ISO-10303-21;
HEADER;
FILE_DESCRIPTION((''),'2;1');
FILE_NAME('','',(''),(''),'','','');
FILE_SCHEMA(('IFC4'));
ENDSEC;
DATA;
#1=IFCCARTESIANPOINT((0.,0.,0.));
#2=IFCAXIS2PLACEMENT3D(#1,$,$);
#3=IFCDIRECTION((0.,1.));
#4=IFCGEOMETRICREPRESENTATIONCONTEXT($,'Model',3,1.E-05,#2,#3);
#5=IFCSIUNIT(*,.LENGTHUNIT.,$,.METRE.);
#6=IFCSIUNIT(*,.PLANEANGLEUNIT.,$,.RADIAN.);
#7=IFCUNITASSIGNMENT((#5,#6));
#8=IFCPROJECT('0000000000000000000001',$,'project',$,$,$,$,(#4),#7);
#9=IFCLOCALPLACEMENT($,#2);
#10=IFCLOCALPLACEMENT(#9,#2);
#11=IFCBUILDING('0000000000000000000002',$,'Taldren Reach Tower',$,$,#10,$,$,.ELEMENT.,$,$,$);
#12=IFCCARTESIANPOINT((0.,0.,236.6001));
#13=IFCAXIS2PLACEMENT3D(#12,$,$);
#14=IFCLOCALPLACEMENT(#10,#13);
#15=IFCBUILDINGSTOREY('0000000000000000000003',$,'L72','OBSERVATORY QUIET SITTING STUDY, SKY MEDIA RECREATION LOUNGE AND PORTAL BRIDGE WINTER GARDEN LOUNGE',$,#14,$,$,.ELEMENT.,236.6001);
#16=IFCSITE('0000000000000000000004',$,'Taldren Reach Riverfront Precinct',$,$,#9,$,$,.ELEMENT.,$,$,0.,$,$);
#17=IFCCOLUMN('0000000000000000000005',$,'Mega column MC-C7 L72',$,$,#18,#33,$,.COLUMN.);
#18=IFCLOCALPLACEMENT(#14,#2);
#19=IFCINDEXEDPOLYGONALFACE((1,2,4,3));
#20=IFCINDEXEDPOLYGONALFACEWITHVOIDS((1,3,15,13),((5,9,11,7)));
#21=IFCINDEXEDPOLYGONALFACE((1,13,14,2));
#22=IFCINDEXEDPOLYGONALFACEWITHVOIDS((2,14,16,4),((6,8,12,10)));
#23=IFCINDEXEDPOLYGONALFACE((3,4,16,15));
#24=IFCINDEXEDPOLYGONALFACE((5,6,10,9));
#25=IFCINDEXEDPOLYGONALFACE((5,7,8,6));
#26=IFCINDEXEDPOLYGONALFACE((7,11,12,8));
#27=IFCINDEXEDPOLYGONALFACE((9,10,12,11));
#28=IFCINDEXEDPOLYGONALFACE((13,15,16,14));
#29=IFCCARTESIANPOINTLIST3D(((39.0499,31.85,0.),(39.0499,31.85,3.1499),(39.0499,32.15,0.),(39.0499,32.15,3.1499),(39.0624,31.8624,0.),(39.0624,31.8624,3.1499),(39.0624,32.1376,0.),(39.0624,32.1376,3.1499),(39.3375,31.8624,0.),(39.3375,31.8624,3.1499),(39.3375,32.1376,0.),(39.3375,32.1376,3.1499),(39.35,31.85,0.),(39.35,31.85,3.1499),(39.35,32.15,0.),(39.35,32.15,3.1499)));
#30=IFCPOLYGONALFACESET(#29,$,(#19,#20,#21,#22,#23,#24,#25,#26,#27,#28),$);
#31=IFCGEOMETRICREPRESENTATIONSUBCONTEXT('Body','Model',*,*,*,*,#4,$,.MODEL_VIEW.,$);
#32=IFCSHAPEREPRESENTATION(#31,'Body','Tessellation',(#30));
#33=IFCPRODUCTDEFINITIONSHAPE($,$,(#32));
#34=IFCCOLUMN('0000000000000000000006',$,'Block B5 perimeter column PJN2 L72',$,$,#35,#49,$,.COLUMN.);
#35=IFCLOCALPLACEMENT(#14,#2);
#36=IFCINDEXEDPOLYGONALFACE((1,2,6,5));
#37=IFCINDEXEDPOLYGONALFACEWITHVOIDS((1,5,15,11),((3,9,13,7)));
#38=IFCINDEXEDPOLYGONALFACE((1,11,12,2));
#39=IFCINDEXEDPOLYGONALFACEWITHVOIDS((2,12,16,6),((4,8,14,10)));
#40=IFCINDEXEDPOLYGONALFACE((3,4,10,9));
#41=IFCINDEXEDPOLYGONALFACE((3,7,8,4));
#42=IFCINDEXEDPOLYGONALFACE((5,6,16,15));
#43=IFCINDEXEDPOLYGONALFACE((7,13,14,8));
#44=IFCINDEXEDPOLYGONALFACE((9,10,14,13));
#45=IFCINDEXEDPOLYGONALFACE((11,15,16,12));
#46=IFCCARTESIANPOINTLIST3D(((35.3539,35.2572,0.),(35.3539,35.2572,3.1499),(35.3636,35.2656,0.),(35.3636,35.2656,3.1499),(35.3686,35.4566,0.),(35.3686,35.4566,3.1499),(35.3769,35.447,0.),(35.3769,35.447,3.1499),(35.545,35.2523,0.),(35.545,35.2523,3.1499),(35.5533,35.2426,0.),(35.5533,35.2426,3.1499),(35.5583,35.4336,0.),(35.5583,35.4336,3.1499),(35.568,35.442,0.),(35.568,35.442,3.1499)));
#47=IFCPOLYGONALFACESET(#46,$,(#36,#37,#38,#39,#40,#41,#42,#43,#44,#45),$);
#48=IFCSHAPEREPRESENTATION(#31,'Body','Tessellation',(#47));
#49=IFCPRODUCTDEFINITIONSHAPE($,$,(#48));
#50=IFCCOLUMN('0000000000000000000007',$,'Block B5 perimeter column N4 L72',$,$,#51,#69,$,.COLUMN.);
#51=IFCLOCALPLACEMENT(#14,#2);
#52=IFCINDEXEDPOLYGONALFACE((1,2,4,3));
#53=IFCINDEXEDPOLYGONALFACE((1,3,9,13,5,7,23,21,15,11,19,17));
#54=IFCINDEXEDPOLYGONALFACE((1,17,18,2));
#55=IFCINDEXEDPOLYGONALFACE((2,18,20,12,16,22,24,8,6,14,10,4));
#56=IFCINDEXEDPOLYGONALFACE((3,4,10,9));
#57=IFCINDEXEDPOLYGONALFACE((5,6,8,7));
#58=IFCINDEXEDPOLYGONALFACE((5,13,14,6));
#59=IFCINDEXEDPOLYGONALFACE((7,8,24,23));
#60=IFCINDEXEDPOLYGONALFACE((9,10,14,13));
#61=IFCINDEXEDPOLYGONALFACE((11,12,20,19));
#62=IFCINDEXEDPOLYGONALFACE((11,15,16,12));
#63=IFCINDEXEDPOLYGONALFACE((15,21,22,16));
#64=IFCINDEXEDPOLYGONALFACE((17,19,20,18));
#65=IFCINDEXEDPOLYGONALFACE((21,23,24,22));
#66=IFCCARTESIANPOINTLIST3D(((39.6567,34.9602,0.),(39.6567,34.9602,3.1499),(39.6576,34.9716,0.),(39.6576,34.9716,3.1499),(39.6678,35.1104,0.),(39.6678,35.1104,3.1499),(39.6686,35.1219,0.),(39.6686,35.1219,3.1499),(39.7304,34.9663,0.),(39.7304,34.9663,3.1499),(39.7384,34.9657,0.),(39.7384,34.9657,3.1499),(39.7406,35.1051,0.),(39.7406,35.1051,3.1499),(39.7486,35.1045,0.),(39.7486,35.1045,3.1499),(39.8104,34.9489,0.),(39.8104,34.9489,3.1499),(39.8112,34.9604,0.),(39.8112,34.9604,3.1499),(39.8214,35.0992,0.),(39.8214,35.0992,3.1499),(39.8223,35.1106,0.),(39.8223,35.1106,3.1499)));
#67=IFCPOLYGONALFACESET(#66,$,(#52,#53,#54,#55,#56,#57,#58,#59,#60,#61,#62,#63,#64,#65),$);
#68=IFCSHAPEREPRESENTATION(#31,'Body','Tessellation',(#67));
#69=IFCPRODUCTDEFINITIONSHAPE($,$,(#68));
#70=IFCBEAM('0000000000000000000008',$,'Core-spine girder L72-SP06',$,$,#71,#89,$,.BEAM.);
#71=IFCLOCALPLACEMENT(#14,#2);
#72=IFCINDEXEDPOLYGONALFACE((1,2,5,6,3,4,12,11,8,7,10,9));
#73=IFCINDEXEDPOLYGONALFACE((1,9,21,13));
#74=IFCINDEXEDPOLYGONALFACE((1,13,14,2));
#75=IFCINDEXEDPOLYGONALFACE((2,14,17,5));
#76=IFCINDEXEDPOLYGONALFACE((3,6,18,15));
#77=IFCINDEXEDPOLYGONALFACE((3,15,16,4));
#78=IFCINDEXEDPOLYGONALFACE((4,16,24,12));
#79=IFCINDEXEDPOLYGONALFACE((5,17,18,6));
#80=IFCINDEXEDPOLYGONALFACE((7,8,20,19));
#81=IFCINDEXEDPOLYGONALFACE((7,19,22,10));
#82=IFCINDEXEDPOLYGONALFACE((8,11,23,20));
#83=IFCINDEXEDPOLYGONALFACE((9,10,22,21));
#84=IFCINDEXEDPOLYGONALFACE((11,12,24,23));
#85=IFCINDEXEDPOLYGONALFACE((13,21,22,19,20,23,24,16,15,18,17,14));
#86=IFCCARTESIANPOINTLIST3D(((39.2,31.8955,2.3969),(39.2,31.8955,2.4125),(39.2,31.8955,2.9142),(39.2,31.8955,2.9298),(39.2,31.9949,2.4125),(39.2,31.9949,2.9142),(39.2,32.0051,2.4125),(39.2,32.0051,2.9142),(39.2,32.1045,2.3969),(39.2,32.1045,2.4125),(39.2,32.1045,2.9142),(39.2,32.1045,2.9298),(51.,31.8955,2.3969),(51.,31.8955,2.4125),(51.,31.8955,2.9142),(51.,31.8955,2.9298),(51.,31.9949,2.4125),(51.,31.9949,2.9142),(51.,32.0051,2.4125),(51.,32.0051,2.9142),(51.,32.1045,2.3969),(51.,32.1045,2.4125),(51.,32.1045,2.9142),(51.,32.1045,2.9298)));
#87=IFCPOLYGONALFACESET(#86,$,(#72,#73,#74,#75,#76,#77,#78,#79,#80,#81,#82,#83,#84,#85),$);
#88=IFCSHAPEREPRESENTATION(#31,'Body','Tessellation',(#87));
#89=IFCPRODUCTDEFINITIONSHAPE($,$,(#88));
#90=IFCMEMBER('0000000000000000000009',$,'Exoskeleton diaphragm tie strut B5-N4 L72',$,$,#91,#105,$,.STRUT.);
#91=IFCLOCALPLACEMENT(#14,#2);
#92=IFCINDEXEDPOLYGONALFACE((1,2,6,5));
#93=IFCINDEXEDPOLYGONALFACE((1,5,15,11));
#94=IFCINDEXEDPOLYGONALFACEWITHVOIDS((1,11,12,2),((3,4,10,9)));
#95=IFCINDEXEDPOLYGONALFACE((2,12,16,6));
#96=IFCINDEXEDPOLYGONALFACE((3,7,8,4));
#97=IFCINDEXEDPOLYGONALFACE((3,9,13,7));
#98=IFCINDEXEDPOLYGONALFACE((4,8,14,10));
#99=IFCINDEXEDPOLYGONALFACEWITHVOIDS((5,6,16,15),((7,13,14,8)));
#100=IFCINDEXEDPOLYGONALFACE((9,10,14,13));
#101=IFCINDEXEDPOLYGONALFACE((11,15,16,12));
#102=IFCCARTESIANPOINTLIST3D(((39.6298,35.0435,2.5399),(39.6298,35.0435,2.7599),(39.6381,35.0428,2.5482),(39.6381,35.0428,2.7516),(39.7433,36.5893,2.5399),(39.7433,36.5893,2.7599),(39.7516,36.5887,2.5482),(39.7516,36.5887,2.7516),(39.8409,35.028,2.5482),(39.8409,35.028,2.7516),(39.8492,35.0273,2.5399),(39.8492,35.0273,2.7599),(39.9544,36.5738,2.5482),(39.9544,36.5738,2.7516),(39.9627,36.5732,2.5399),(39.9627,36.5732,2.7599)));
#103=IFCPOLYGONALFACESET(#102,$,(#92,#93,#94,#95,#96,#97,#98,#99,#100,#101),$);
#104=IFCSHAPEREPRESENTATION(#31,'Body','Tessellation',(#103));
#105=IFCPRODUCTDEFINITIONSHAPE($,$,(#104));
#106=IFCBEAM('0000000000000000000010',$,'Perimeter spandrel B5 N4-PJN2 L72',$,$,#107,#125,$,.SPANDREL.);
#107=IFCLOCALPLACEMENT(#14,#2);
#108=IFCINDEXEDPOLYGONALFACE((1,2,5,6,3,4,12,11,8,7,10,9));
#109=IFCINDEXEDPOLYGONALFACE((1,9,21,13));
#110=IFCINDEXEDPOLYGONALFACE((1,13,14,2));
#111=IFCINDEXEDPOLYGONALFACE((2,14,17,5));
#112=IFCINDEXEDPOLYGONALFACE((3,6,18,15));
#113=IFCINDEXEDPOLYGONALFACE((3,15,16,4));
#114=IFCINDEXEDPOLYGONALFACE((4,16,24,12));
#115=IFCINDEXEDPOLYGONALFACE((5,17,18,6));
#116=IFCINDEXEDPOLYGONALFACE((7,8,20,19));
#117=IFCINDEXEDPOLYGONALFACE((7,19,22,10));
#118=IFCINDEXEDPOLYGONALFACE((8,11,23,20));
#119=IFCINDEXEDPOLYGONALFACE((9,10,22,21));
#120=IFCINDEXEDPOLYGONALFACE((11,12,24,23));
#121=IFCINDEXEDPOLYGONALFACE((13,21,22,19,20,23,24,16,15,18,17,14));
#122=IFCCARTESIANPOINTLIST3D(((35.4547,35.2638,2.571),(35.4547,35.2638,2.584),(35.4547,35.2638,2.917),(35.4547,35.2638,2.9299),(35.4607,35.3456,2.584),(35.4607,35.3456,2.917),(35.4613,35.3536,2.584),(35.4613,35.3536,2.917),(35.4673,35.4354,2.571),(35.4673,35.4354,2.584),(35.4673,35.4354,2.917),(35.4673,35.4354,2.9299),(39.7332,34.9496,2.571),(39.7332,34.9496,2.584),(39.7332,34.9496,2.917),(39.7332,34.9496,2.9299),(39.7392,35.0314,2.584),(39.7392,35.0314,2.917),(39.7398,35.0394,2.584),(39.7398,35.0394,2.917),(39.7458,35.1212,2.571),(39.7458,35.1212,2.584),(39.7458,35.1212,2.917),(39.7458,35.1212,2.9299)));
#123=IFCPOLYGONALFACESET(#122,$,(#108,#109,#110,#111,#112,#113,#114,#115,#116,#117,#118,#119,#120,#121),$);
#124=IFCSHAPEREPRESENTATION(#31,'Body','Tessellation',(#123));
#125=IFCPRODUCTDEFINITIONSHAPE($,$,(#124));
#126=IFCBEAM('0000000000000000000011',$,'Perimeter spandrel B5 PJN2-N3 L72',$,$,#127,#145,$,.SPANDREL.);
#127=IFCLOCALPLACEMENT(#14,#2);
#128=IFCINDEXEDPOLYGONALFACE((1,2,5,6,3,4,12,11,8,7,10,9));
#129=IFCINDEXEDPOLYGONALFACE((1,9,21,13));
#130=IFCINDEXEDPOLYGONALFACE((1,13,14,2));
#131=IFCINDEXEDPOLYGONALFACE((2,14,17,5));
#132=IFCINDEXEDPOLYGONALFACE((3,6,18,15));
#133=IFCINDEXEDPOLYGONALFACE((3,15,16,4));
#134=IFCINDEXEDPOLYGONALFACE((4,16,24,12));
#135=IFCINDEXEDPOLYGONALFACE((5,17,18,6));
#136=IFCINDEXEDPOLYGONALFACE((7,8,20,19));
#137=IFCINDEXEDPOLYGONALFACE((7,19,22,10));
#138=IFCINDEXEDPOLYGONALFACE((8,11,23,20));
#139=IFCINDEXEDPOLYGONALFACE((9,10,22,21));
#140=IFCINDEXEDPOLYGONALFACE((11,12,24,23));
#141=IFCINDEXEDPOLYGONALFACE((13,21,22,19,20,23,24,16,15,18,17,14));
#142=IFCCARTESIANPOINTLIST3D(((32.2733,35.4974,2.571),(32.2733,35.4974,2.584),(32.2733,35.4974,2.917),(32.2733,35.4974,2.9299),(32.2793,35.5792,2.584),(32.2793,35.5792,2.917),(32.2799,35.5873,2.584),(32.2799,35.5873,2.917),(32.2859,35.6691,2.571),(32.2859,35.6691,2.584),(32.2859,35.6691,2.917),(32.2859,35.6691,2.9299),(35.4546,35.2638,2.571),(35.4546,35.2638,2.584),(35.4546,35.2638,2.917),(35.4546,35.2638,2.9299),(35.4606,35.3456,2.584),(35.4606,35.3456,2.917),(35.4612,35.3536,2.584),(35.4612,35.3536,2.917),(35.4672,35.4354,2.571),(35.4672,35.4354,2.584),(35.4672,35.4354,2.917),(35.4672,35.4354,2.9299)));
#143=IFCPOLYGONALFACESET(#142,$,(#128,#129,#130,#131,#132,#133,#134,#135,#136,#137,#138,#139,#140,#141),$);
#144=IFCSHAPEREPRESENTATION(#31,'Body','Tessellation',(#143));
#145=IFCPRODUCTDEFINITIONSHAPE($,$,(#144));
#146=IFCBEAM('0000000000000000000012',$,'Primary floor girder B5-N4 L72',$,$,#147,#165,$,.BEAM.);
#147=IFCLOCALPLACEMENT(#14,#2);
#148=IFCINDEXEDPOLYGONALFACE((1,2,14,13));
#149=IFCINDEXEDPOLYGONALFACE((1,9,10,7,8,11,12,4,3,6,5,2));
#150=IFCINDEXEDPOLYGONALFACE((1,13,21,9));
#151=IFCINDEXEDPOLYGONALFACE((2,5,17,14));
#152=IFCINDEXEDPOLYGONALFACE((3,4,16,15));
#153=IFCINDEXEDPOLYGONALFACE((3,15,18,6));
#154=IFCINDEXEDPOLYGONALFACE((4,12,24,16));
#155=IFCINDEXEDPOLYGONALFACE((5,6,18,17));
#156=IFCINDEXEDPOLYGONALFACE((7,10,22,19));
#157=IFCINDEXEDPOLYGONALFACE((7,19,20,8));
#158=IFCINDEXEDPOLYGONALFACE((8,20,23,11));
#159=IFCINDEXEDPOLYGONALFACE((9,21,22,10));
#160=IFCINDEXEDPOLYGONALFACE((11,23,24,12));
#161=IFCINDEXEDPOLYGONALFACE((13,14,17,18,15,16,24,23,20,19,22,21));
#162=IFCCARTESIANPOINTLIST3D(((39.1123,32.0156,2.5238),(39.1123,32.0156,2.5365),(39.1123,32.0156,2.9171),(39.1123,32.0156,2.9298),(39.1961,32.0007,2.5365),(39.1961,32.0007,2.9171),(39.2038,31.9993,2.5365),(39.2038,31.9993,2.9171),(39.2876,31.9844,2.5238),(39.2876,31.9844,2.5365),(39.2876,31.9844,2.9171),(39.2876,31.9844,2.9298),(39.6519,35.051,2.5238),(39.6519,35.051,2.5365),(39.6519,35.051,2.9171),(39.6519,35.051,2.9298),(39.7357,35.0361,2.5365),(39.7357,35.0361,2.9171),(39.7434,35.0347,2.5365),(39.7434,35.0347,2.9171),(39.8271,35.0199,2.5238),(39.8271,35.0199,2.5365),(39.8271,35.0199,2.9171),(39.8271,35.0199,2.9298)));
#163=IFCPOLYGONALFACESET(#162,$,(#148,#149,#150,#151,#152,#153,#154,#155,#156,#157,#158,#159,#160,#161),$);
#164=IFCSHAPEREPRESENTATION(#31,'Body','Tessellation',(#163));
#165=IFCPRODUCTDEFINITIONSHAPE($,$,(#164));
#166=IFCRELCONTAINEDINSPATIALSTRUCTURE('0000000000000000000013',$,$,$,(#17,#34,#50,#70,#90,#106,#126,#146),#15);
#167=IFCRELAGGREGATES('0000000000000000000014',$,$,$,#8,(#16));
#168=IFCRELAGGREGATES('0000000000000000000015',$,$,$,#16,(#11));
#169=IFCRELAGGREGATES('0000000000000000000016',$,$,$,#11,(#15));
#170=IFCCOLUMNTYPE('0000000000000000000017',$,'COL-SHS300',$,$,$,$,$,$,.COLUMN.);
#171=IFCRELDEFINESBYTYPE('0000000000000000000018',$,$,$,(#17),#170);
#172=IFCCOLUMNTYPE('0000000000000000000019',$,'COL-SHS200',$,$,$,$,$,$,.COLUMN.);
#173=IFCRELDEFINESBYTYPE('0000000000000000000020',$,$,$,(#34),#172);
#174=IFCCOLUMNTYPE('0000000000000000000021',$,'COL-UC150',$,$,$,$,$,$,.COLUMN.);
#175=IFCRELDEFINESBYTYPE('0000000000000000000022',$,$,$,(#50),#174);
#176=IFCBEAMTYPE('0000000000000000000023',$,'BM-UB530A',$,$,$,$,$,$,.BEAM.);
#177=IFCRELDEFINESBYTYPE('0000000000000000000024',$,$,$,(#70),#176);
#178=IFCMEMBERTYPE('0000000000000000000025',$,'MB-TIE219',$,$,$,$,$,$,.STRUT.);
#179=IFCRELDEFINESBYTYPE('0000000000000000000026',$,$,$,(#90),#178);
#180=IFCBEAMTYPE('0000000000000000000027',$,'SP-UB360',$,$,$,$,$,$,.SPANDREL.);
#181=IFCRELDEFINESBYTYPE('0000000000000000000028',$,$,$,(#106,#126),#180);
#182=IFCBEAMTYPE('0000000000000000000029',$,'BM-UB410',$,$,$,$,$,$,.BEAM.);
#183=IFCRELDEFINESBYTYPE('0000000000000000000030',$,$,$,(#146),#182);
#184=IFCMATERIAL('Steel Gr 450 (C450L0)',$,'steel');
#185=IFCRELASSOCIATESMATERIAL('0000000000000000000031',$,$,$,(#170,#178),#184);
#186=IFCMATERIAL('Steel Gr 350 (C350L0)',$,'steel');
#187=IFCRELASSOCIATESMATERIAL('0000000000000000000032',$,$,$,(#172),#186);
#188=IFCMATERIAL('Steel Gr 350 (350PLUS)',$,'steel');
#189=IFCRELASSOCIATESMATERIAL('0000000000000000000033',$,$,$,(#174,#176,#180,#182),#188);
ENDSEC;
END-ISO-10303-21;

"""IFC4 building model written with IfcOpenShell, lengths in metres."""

from ifc_helpers import new_model, si_unit, direction, frame, origin, origin_2d, place, context, subcontext, project, spatial, hollow_rectangle, i_section, extrude, source, transform, mapped, material, material_profile, profile_set, type_object, element, save


model = new_model("IFC4")

# Units and contexts
model_context = context("Model", 3, precision=1e-05, world=origin(), true_north=direction((0.0, 1.0)))
body_context = subcontext(model_context, "Body", "Model", "MODEL_VIEW")
ifc_project = project(units=[si_unit("LENGTHUNIT", "METRE"), si_unit("PLANEANGLEUNIT", "RADIAN")], contexts=[model_context])

# Site, building, storey
site_placement = place(None, origin())
site = spatial("IfcSite", under=ifc_project, at=site_placement, Name="Taldren Reach Riverfront Precinct", CompositionType="ELEMENT", RefElevation=0.0)
building_placement = place(site_placement, origin())
building = spatial("IfcBuilding", under=site, at=building_placement, Name="Taldren Reach Tower", CompositionType="ELEMENT")
storey_placement = place(building_placement, frame((0.0, 0.0, 236.6001)))
storey = spatial("IfcBuildingStorey", under=building, at=storey_placement, Name="L72", Description="OBSERVATORY QUIET SITTING STUDY, SKY MEDIA RECREATION LOUNGE AND PORTAL BRIDGE WINTER GARDEN LOUNGE", CompositionType="ELEMENT", Elevation=236.6001)

# Columns
ifc_material_1 = material(Name="Steel Gr 450 (C450L0)", Category="steel")
ifc_material_profile_1 = material_profile(ifc_material_1, hollow_rectangle(XDim=0.3, YDim=0.3, WallThickness=0.0125, at=origin_2d()), Name="300x300x12.5SHS")
ifc_profile_set_1 = profile_set([ifc_material_profile_1], Name="Steel Gr 450 (C450L0)")
column_type_1 = type_object("IfcColumnType", Name="COL-SHS300", PredefinedType="COLUMN", material=ifc_profile_set_1)
shared_shape_1 = source(origin(), body_context, "Body", "SweptSolid", [
    extrude(hollow_rectangle(XDim=0.3, YDim=0.3, WallThickness=0.0125, at=origin_2d()), origin(), (0.0, 0.0, 1.0), 3.1499),
])
column_1_placement = place(storey_placement, frame((39.2, 32.0, 0.0), z_axis=(0.0, 0.0, 1.0), x_axis=(1.0, 0.0, 0.0)))
element("IfcColumn", 1, at=column_1_placement, inside=storey, type_object=column_type_1, Name="Mega column MC-C7 L72", PredefinedType="COLUMN", context=body_context, shape_type="MappedRepresentation", body=[
    mapped(shared_shape_1, transform((0.0, 0.0, 0.0), scale=1.0)),
])
ifc_material_2 = material(Name="Steel Gr 350 (C350L0)", Category="steel")
ifc_material_profile_2 = material_profile(ifc_material_2, hollow_rectangle(XDim=0.2, YDim=0.2, WallThickness=0.009, at=origin_2d()), Name="200x200x9.0SHS")
ifc_profile_set_2 = profile_set([ifc_material_profile_2], Name="Steel Gr 350 (C350L0)")
column_type_2 = type_object("IfcColumnType", Name="COL-SHS200", PredefinedType="COLUMN", material=ifc_profile_set_2)
shared_shape_2 = source(origin(), body_context, "Body", "SweptSolid", [
    extrude(hollow_rectangle(XDim=0.2, YDim=0.2, WallThickness=0.009, at=origin_2d()), origin(), (0.0, 0.0, 1.0), 3.1499),
])
column_2_placement = place(storey_placement, frame((35.4609, 35.3496, 0.0), z_axis=(0.0, 0.0, 1.0), x_axis=(0.997314, -0.073238, 0.0)))
element("IfcColumn", 2, at=column_2_placement, inside=storey, type_object=column_type_2, Name="Block B5 perimeter column PJN2 L72", PredefinedType="COLUMN", context=body_context, shape_type="MappedRepresentation", body=[
    mapped(shared_shape_2, transform((0.0, 0.0, 0.0), scale=1.0)),
])
ifc_material_3 = material(Name="Steel Gr 350 (350PLUS)", Category="steel")
ifc_material_profile_3 = material_profile(ifc_material_3, i_section(OverallWidth=0.1541, OverallDepth=0.1621, WebThickness=0.0081, FlangeThickness=0.0115, at=origin_2d()), Name="150UC37.2")
ifc_profile_set_3 = profile_set([ifc_material_profile_3], Name="Steel Gr 350 (350PLUS)")
column_type_3 = type_object("IfcColumnType", Name="COL-UC150", PredefinedType="COLUMN", material=ifc_profile_set_3)
shared_shape_3 = source(origin(), body_context, "Body", "SweptSolid", [
    extrude(i_section(OverallWidth=0.1541, OverallDepth=0.1621, WebThickness=0.0081, FlangeThickness=0.0115, at=origin_2d()), origin(), (0.0, 0.0, 1.0), 3.1499),
])
column_3_placement = place(storey_placement, frame((39.7395, 35.0354, 0.0), z_axis=(0.0, 0.0, 1.0), x_axis=(0.997314, -0.073238, 0.0)))
element("IfcColumn", 3, at=column_3_placement, inside=storey, type_object=column_type_3, Name="Block B5 perimeter column N4 L72", PredefinedType="COLUMN", context=body_context, shape_type="MappedRepresentation", body=[
    mapped(shared_shape_3, transform((0.0, 0.0, 0.0), scale=1.0)),
])

# Beam
ifc_material_profile_4 = material_profile(ifc_material_3, i_section(OverallWidth=0.209, OverallDepth=0.533, WebThickness=0.0103, FlangeThickness=0.0156, at=origin_2d()), Name="530UB92.4")
ifc_profile_set_4 = profile_set([ifc_material_profile_4], Name="Steel Gr 350 (350PLUS)")
beam_type_1 = type_object("IfcBeamType", Name="BM-UB530A", PredefinedType="BEAM", material=ifc_profile_set_4)
shared_shape_4 = source(origin(), body_context, "Body", "SweptSolid", [
    extrude(i_section(OverallWidth=0.209, OverallDepth=0.533, WebThickness=0.0103, FlangeThickness=0.0156, at=origin_2d()), origin(), (0.0, 0.0, 1.0), 11.8),
])
beam_1_placement = place(storey_placement, frame((39.2, 32.0, 2.6633), z_axis=(1.0, 0.0, 0.0), x_axis=(0.0, 1.0, 0.0)))
element("IfcBeam", 4, at=beam_1_placement, inside=storey, type_object=beam_type_1, Name="Core-spine girder L72-SP06", PredefinedType="BEAM", context=body_context, shape_type="MappedRepresentation", body=[
    mapped(shared_shape_4, transform((0.0, 0.0, 0.0), scale=1.0)),
])

# Member
ifc_material_profile_5 = material_profile(ifc_material_1, hollow_rectangle(XDim=0.22, YDim=0.22, WallThickness=0.0083, at=origin_2d()), Name="220x220x8.2SHS")
ifc_profile_set_5 = profile_set([ifc_material_profile_5], Name="Steel Gr 450 (C450L0)")
member_type_1 = type_object("IfcMemberType", Name="MB-TIE219", PredefinedType="STRUT", material=ifc_profile_set_5)
shared_shape_5 = source(origin(), body_context, "Body", "SweptSolid", [
    extrude(hollow_rectangle(XDim=0.22, YDim=0.22, WallThickness=0.0083, at=origin_2d()), origin(), (0.0, 0.0, 1.0), 1.55),
])
member_1_placement = place(storey_placement, frame((39.7395, 35.0354, 2.6499), z_axis=(0.073239, 0.997314, 0.0), x_axis=(-0.997314, 0.073239, 0.0)))
element("IfcMember", 5, at=member_1_placement, inside=storey, type_object=member_type_1, Name="Exoskeleton diaphragm tie strut B5-N4 L72", PredefinedType="STRUT", context=body_context, shape_type="MappedRepresentation", body=[
    mapped(shared_shape_5, transform((0.0, 0.0, 0.0), scale=1.0)),
])

# Beams
ifc_material_profile_6 = material_profile(ifc_material_3, i_section(OverallWidth=0.1721, OverallDepth=0.3589, WebThickness=0.0081, FlangeThickness=0.0129, at=origin_2d()), Name="360UB56.7")
ifc_profile_set_6 = profile_set([ifc_material_profile_6], Name="Steel Gr 350 (350PLUS)")
beam_type_2 = type_object("IfcBeamType", Name="SP-UB360", PredefinedType="SPANDREL", material=ifc_profile_set_6)
shared_shape_6 = source(origin(), body_context, "Body", "SweptSolid", [
    extrude(i_section(OverallWidth=0.1721, OverallDepth=0.3589, WebThickness=0.0081, FlangeThickness=0.0129, at=origin_2d()), origin(), (0.0, 0.0, 1.0), 4.29),
])
beam_2_placement = place(storey_placement, frame((39.7395, 35.0354, 2.7505), z_axis=(-0.997314, 0.073241, 0.0), x_axis=(-0.073241, -0.997314, 0.0)))
element("IfcBeam", 6, at=beam_2_placement, inside=storey, type_object=beam_type_2, Name="Perimeter spandrel B5 N4-PJN2 L72", PredefinedType="SPANDREL", context=body_context, shape_type="MappedRepresentation", body=[
    mapped(shared_shape_6, transform((0.0, 0.0, 0.0), scale=1.0)),
])
shared_shape_7 = source(origin(), body_context, "Body", "SweptSolid", [
    extrude(i_section(OverallWidth=0.1721, OverallDepth=0.3589, WebThickness=0.0081, FlangeThickness=0.0129, at=origin_2d()), origin(), (0.0, 0.0, 1.0), 3.1899),
])
beam_3_placement = place(storey_placement, frame((35.4609, 35.3496, 2.7505), z_axis=(-0.997314, 0.073243, 0.0), x_axis=(-0.073243, -0.997314, 0.0)))
element("IfcBeam", 7, at=beam_3_placement, inside=storey, type_object=beam_type_2, Name="Perimeter spandrel B5 PJN2-N3 L72", PredefinedType="SPANDREL", context=body_context, shape_type="MappedRepresentation", body=[
    mapped(shared_shape_7, transform((0.0, 0.0, 0.0), scale=1.0)),
])
ifc_material_profile_7 = material_profile(ifc_material_3, i_section(OverallWidth=0.178, OverallDepth=0.406, WebThickness=0.0078, FlangeThickness=0.0127, at=origin_2d()), Name="410UB59.7")
ifc_profile_set_7 = profile_set([ifc_material_profile_7], Name="Steel Gr 350 (350PLUS)")
beam_type_3 = type_object("IfcBeamType", Name="BM-UB410", PredefinedType="BEAM", material=ifc_profile_set_7)
shared_shape_8 = source(origin(), body_context, "Body", "SweptSolid", [
    extrude(i_section(OverallWidth=0.178, OverallDepth=0.406, WebThickness=0.0078, FlangeThickness=0.0127, at=origin_2d()), origin(), (0.0, 0.0, 1.0), 3.083),
])
beam_4_placement = place(storey_placement, frame((39.2, 32.0, 2.7268), z_axis=(0.175009, 0.984567, 0.0), x_axis=(-0.984567, 0.175009, 0.0)))
element("IfcBeam", 8, at=beam_4_placement, inside=storey, type_object=beam_type_3, Name="Primary floor girder B5-N4 L72", PredefinedType="BEAM", context=body_context, shape_type="MappedRepresentation", body=[
    mapped(shared_shape_8, transform((0.0, 0.0, 0.0), scale=1.0)),
])

save(model, "model.ifc")
